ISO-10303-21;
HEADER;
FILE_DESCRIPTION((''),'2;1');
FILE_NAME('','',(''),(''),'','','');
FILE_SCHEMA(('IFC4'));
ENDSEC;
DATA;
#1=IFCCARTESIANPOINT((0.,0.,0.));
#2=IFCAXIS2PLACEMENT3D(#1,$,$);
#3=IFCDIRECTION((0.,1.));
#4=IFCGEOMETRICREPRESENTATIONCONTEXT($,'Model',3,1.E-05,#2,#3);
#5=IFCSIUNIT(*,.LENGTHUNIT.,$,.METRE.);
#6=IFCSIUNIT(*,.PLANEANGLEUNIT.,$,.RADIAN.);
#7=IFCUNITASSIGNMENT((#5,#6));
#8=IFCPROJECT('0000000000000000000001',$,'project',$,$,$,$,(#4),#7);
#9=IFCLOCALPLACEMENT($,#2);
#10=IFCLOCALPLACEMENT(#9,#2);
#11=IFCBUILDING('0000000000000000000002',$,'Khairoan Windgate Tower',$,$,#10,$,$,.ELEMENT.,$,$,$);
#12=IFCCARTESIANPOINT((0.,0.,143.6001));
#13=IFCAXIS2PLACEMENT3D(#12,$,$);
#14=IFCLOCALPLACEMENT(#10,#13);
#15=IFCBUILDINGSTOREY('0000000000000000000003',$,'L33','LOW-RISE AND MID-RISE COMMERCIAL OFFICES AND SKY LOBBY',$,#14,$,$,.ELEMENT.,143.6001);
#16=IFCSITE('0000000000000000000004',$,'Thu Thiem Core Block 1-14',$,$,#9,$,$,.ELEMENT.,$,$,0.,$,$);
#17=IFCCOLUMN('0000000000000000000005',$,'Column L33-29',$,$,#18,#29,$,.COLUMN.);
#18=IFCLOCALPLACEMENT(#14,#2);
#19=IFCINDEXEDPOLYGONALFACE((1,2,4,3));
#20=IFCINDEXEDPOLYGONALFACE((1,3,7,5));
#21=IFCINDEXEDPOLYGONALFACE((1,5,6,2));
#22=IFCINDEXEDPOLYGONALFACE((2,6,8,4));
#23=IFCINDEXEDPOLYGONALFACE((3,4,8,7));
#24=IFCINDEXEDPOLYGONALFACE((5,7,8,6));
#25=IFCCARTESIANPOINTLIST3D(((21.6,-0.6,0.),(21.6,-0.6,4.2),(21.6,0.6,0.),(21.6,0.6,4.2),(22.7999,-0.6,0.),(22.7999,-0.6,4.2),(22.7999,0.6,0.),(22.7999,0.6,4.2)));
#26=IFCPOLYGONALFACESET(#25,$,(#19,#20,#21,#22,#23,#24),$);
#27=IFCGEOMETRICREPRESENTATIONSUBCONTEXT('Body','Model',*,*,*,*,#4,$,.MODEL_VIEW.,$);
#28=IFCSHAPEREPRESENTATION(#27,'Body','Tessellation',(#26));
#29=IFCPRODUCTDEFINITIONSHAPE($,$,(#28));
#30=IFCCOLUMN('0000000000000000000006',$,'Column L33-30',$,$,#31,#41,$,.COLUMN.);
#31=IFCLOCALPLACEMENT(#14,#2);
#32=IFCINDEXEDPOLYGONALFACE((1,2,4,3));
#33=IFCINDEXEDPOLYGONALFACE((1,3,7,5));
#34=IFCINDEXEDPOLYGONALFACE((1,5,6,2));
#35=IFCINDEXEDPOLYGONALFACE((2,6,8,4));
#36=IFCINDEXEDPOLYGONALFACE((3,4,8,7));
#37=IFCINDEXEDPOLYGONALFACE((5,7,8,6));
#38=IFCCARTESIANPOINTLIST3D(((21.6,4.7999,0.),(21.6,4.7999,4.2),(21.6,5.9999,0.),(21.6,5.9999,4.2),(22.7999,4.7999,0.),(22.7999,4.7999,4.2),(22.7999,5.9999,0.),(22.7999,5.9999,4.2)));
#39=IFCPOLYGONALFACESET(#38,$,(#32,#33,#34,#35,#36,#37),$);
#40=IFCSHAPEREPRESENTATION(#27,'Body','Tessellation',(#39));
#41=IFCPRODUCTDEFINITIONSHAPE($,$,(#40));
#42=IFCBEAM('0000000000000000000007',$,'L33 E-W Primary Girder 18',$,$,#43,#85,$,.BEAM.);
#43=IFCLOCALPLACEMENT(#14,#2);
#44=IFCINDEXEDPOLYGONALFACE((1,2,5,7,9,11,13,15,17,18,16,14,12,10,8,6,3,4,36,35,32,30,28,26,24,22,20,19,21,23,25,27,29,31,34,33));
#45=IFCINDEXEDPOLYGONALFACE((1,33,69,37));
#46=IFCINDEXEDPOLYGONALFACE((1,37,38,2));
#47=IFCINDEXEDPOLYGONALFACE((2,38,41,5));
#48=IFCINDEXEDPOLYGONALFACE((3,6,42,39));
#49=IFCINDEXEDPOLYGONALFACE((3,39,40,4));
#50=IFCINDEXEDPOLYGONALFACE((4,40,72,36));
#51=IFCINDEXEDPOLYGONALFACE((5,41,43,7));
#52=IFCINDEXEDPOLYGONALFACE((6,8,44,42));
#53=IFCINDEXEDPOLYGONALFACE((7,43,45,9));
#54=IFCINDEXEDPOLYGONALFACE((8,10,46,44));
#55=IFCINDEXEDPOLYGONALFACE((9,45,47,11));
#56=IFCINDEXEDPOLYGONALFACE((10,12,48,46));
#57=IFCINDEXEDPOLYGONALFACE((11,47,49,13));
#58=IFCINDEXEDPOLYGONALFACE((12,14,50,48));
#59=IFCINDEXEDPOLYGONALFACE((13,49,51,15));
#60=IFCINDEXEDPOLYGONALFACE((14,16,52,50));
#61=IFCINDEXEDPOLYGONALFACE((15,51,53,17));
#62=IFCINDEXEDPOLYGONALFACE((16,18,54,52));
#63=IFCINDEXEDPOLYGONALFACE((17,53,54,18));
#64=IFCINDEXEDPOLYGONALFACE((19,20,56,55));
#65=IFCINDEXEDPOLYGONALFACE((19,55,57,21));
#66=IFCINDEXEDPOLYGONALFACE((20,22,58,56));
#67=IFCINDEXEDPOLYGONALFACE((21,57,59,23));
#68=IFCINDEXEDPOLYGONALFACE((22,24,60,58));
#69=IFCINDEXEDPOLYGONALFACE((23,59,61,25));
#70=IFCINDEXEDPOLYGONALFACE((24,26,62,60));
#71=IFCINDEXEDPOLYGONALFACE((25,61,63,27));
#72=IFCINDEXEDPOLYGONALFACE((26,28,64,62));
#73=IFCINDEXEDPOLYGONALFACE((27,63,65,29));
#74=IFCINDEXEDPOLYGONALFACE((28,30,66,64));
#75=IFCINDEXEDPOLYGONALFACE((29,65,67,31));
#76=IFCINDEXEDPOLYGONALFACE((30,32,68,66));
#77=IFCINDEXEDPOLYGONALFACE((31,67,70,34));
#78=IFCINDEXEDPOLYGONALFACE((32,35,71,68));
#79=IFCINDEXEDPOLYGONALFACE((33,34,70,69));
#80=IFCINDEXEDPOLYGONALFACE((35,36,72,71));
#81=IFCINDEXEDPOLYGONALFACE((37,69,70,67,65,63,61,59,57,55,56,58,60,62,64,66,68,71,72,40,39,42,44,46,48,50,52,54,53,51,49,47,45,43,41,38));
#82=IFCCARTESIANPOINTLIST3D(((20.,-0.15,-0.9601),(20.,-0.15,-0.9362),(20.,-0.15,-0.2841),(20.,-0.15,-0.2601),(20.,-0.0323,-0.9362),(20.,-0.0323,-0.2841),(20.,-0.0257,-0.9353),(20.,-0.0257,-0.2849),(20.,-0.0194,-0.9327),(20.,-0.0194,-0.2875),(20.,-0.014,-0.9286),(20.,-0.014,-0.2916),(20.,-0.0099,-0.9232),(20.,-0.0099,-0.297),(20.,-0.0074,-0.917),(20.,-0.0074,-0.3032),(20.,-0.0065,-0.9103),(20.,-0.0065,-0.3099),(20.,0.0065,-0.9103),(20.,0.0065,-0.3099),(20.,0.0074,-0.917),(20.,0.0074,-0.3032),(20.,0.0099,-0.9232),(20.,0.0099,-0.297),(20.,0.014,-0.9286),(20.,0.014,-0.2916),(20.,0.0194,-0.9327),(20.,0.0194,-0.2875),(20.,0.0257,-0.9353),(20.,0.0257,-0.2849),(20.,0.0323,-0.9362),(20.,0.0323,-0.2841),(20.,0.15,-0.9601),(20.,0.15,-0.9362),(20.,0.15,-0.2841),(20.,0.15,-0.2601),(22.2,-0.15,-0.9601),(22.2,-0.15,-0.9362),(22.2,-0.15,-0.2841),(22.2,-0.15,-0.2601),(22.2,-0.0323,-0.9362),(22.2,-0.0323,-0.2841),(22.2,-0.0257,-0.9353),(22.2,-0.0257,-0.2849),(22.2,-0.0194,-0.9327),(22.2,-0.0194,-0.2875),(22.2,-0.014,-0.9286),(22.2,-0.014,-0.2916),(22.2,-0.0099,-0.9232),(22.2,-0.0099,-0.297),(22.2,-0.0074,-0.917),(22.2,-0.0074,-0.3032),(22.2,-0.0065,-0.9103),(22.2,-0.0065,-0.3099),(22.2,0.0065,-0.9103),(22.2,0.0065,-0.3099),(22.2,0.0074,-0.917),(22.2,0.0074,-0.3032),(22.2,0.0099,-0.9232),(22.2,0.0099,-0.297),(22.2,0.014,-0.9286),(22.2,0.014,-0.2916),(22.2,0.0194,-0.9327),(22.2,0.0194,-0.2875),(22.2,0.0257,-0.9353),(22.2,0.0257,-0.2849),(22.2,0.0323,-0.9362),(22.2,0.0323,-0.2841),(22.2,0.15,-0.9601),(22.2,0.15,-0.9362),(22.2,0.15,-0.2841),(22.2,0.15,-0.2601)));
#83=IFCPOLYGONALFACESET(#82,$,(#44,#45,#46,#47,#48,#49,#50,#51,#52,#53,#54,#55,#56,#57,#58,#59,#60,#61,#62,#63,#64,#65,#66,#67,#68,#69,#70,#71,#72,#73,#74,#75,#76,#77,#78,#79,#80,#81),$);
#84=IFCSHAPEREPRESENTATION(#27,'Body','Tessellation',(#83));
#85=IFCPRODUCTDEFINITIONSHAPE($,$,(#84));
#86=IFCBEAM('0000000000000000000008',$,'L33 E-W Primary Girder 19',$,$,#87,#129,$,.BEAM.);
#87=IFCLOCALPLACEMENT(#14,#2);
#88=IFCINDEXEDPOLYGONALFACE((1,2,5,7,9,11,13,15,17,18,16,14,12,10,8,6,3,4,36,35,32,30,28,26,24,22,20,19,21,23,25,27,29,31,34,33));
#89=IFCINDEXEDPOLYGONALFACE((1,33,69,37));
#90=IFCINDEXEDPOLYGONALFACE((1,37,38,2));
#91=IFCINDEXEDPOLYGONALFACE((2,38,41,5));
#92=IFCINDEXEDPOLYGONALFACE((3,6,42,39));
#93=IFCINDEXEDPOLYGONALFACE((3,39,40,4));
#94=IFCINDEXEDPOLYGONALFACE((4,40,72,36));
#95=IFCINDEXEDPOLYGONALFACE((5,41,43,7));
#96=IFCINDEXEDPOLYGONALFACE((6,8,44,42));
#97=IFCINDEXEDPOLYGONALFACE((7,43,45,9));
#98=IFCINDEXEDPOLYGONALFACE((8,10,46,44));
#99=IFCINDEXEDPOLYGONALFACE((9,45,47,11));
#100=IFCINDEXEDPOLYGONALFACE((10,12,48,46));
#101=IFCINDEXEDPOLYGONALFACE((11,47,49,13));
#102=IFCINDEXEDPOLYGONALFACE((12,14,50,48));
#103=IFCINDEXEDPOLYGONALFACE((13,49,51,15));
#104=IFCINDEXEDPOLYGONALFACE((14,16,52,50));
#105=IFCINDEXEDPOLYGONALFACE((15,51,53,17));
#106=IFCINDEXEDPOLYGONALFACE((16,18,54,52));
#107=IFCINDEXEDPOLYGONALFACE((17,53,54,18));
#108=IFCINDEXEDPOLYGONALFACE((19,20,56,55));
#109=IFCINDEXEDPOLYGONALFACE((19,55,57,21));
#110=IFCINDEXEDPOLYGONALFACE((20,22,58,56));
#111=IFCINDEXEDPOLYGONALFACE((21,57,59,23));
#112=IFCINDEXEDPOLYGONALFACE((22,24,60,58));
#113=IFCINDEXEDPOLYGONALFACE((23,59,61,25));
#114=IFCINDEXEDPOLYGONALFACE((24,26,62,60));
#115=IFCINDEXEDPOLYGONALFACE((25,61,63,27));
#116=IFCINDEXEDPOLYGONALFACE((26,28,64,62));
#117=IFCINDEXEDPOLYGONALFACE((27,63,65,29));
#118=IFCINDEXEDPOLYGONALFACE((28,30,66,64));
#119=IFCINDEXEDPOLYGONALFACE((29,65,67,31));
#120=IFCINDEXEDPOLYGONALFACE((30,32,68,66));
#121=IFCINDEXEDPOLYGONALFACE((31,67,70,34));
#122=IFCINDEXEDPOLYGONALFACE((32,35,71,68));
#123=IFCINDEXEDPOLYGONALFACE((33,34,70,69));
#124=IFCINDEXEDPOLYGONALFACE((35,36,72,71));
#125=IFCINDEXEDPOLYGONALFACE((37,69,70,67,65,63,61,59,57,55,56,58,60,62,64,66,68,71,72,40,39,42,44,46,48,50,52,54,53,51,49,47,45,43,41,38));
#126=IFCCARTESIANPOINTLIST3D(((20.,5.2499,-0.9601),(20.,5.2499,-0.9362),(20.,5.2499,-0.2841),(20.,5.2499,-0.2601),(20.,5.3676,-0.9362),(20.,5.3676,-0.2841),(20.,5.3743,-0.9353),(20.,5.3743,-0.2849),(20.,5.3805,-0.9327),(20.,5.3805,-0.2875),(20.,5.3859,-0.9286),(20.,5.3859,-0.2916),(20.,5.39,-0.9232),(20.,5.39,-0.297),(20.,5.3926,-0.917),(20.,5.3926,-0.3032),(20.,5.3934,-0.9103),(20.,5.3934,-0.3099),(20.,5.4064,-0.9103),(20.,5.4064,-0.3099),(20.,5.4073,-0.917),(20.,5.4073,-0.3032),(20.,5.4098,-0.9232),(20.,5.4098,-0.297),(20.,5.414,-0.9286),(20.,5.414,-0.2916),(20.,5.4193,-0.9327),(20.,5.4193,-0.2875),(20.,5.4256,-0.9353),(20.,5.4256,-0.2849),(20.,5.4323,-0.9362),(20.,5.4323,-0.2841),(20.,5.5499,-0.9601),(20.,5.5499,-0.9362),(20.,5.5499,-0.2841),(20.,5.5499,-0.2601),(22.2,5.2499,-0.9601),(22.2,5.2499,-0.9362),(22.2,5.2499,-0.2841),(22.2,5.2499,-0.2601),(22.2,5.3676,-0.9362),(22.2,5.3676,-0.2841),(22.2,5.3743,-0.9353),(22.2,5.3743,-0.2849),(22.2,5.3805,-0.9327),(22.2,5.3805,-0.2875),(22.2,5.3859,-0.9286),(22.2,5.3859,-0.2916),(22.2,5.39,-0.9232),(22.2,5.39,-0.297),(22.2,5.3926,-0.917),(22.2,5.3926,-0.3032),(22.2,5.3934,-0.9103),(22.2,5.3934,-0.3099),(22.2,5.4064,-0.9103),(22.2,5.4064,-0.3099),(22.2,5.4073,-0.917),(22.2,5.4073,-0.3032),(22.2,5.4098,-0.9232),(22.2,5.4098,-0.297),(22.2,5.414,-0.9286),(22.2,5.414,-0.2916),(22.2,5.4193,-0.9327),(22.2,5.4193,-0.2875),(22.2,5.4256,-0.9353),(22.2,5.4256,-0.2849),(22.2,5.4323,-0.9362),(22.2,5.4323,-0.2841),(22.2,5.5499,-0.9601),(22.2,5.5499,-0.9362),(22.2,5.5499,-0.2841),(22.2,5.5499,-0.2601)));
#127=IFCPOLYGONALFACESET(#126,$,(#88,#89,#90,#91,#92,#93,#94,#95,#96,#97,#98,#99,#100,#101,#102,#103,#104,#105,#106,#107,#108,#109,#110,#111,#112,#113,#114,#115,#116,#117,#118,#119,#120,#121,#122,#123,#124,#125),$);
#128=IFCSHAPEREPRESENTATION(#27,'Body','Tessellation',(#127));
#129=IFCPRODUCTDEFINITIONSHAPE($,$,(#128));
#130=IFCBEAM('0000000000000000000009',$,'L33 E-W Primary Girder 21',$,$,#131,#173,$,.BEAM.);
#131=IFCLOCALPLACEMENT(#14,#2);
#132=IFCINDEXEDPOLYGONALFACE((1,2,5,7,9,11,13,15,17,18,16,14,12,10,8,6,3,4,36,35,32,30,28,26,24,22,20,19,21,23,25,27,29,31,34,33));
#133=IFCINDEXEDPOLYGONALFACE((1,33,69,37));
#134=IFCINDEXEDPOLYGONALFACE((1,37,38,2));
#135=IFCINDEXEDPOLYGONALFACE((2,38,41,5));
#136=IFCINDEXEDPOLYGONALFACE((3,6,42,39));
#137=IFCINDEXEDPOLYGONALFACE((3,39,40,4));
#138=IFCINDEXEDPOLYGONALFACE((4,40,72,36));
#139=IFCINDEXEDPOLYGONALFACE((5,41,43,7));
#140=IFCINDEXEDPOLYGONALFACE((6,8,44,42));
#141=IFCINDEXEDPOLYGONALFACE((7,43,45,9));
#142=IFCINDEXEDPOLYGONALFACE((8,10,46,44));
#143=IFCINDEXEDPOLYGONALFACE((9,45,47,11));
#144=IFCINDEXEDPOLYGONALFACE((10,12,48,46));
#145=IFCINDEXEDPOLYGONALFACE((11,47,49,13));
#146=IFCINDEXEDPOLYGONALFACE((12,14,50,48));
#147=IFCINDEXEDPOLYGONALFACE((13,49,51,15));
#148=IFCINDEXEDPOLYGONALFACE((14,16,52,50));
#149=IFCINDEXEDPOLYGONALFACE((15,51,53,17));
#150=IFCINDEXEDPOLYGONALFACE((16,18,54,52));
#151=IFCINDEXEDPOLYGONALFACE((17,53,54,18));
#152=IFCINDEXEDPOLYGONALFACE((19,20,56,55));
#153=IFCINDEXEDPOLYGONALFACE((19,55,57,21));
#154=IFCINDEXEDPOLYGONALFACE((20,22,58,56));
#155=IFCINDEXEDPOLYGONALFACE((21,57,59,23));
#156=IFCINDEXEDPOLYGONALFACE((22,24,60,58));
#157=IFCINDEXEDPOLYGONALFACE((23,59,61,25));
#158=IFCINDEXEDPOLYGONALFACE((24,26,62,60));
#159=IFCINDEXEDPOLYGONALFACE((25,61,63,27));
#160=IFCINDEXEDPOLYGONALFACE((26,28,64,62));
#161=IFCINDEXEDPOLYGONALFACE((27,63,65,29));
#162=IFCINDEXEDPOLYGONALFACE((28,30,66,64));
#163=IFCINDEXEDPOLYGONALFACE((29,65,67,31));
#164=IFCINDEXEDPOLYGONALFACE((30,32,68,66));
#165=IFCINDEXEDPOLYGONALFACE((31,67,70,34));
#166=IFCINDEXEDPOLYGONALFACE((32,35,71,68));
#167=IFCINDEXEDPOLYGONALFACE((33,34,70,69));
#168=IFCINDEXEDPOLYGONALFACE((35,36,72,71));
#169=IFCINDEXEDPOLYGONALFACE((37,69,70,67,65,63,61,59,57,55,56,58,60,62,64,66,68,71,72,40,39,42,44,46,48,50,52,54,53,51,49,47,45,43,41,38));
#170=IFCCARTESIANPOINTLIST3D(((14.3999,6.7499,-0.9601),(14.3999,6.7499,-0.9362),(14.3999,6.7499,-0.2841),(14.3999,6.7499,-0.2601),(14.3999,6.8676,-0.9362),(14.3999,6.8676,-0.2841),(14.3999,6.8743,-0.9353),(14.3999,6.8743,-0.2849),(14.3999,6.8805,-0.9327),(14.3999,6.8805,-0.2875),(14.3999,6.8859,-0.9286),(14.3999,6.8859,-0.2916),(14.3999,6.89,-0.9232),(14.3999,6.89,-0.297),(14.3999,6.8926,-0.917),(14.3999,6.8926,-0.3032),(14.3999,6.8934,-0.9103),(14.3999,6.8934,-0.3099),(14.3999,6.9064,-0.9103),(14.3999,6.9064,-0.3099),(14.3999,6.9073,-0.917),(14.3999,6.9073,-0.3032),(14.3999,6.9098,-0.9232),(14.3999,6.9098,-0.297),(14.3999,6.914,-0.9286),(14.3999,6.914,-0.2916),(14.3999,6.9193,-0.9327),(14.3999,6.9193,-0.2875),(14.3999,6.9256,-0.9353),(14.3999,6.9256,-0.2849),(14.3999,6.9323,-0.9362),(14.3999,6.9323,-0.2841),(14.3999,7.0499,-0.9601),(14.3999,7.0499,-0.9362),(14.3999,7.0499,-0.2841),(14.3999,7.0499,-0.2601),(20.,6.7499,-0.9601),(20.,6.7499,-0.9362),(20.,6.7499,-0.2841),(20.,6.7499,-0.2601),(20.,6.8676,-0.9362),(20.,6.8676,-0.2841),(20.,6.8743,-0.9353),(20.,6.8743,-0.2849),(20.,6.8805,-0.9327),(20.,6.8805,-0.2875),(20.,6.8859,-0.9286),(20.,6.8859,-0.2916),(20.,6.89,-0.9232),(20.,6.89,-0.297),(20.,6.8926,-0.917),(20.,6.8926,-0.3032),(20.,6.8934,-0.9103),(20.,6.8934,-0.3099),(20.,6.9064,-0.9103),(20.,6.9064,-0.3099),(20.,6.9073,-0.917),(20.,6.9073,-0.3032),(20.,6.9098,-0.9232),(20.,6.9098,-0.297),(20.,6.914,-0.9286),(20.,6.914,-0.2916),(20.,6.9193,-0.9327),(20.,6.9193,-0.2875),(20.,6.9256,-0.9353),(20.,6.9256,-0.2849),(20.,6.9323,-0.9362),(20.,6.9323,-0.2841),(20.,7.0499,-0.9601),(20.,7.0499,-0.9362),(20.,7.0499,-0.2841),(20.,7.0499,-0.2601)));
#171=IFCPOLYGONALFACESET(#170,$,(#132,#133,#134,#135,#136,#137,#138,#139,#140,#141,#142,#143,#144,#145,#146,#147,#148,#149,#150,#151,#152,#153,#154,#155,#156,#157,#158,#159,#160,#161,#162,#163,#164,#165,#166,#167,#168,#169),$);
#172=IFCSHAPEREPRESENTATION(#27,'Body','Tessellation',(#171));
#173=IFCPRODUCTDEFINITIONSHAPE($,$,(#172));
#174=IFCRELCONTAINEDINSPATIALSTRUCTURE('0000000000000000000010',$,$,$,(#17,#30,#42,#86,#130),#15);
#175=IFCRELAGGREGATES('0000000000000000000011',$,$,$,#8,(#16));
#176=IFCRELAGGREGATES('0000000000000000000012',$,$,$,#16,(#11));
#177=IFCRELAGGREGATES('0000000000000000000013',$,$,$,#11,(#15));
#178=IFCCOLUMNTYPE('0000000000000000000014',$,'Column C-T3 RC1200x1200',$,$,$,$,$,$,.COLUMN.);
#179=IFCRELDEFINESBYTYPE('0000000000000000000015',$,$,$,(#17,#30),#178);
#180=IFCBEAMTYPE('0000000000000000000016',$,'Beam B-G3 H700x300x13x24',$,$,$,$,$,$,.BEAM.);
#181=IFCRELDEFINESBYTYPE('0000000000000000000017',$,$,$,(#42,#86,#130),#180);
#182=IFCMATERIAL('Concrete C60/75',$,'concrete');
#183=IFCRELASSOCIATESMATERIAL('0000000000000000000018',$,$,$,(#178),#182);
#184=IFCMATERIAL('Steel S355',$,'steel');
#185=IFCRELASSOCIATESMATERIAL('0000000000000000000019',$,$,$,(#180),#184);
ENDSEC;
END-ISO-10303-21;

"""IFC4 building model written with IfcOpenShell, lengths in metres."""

from ifc_helpers import new_model, si_unit, direction, frame, origin, origin_2d, place, context, subcontext, project, spatial, rectangle, i_section, extrude, material, material_profile, profile_set, type_object, element, save


model = new_model("IFC4")

# Units and contexts
model_context = context("Model", 3, precision=1e-05, world=origin(), true_north=direction((0.0, 1.0)))
body_context = subcontext(model_context, "Body", "Model", "MODEL_VIEW")
ifc_project = project(units=[si_unit("LENGTHUNIT", "METRE"), si_unit("PLANEANGLEUNIT", "RADIAN")], contexts=[model_context])

# Site, building, storey
site_placement = place(None, origin())
site = spatial("IfcSite", under=ifc_project, at=site_placement, Name="Thu Thiem Core Block 1-14", CompositionType="ELEMENT", RefElevation=0.0)
building_placement = place(site_placement, origin())
building = spatial("IfcBuilding", under=site, at=building_placement, Name="Khairoan Windgate Tower", CompositionType="ELEMENT")
storey_placement = place(building_placement, frame((0.0, 0.0, 143.6001)))
storey = spatial("IfcBuildingStorey", under=building, at=storey_placement, Name="L33", Description="LOW-RISE AND MID-RISE COMMERCIAL OFFICES AND SKY LOBBY", CompositionType="ELEMENT", Elevation=143.6001)

# Columns
ifc_material_1 = material(Name="Concrete C60/75", Category="concrete")
ifc_material_profile_1 = material_profile(ifc_material_1, rectangle(XDim=1.2, YDim=1.2, at=origin_2d()))
ifc_profile_set_1 = profile_set([ifc_material_profile_1], Name="Concrete C60/75")
column_type = type_object("IfcColumnType", Name="Column C-T3 RC1200x1200", PredefinedType="COLUMN", material=ifc_profile_set_1)
for number, where, z_axis, x_axis, name in (
    (1, (22.2, 0.0, 0.0), (0.0, 0.0, 1.0), (1.0, 0.0, 0.0), "Column L33-29"),
    (2, (22.2, 5.3999, 0.0), (0.0, 0.0, 1.0), (1.0, 0.0, 0.0), "Column L33-30"),
):
    element("IfcColumn", number, at=place(storey_placement, frame(where, z_axis=z_axis, x_axis=x_axis)), inside=storey, type_object=column_type, Name=name, PredefinedType="COLUMN", context=body_context, shape_type="SweptSolid", body=[
        extrude(rectangle(XDim=1.2, YDim=1.2, at=origin_2d()), origin(), (0.0, 0.0, 1.0), 4.2),
    ])

# Beams
ifc_material_2 = material(Name="Steel S355", Category="steel")
ifc_material_profile_2 = material_profile(ifc_material_2, i_section(OverallWidth=0.3, OverallDepth=0.7, WebThickness=0.0129, FlangeThickness=0.0239, FilletRadius=0.0259, at=origin_2d()))
ifc_profile_set_2 = profile_set([ifc_material_profile_2], Name="Steel S355")
beam_type_1 = type_object("IfcBeamType", Name="Beam B-G3 H700x300x13x24", PredefinedType="BEAM", material=ifc_profile_set_2)
for number, where, z_axis, x_axis, name in (
    (3, (20.0, 0.0, -0.6101), (1.0, 0.0, 0.0), (0.0, 1.0, 0.0), "L33 E-W Primary Girder 18"),
    (4, (20.0, 5.3999, -0.6101), (1.0, 0.0, 0.0), (0.0, 1.0, 0.0), "L33 E-W Primary Girder 19"),
):
    element("IfcBeam", number, at=place(storey_placement, frame(where, z_axis=z_axis, x_axis=x_axis)), inside=storey, type_object=beam_type_1, Name=name, PredefinedType="BEAM", context=body_context, shape_type="SweptSolid", body=[
        extrude(i_section(OverallWidth=0.3, OverallDepth=0.7, WebThickness=0.0129, FlangeThickness=0.0239, FilletRadius=0.0259, at=origin_2d()), origin(), (0.0, 0.0, 1.0), 2.2),
    ])
beam_1_placement = place(storey_placement, frame((14.3999, 6.8999, -0.6101), z_axis=(1.0, 0.0, 0.0), x_axis=(0.0, 1.0, 0.0)))
element("IfcBeam", 5, at=beam_1_placement, inside=storey, type_object=beam_type_1, Name="L33 E-W Primary Girder 21", PredefinedType="BEAM", context=body_context, shape_type="SweptSolid", body=[
    extrude(i_section(OverallWidth=0.3, OverallDepth=0.7, WebThickness=0.0129, FlangeThickness=0.0239, FilletRadius=0.0259, at=origin_2d()), origin(), (0.0, 0.0, 1.0), 5.6001),
])

save(model, "model.ifc")
